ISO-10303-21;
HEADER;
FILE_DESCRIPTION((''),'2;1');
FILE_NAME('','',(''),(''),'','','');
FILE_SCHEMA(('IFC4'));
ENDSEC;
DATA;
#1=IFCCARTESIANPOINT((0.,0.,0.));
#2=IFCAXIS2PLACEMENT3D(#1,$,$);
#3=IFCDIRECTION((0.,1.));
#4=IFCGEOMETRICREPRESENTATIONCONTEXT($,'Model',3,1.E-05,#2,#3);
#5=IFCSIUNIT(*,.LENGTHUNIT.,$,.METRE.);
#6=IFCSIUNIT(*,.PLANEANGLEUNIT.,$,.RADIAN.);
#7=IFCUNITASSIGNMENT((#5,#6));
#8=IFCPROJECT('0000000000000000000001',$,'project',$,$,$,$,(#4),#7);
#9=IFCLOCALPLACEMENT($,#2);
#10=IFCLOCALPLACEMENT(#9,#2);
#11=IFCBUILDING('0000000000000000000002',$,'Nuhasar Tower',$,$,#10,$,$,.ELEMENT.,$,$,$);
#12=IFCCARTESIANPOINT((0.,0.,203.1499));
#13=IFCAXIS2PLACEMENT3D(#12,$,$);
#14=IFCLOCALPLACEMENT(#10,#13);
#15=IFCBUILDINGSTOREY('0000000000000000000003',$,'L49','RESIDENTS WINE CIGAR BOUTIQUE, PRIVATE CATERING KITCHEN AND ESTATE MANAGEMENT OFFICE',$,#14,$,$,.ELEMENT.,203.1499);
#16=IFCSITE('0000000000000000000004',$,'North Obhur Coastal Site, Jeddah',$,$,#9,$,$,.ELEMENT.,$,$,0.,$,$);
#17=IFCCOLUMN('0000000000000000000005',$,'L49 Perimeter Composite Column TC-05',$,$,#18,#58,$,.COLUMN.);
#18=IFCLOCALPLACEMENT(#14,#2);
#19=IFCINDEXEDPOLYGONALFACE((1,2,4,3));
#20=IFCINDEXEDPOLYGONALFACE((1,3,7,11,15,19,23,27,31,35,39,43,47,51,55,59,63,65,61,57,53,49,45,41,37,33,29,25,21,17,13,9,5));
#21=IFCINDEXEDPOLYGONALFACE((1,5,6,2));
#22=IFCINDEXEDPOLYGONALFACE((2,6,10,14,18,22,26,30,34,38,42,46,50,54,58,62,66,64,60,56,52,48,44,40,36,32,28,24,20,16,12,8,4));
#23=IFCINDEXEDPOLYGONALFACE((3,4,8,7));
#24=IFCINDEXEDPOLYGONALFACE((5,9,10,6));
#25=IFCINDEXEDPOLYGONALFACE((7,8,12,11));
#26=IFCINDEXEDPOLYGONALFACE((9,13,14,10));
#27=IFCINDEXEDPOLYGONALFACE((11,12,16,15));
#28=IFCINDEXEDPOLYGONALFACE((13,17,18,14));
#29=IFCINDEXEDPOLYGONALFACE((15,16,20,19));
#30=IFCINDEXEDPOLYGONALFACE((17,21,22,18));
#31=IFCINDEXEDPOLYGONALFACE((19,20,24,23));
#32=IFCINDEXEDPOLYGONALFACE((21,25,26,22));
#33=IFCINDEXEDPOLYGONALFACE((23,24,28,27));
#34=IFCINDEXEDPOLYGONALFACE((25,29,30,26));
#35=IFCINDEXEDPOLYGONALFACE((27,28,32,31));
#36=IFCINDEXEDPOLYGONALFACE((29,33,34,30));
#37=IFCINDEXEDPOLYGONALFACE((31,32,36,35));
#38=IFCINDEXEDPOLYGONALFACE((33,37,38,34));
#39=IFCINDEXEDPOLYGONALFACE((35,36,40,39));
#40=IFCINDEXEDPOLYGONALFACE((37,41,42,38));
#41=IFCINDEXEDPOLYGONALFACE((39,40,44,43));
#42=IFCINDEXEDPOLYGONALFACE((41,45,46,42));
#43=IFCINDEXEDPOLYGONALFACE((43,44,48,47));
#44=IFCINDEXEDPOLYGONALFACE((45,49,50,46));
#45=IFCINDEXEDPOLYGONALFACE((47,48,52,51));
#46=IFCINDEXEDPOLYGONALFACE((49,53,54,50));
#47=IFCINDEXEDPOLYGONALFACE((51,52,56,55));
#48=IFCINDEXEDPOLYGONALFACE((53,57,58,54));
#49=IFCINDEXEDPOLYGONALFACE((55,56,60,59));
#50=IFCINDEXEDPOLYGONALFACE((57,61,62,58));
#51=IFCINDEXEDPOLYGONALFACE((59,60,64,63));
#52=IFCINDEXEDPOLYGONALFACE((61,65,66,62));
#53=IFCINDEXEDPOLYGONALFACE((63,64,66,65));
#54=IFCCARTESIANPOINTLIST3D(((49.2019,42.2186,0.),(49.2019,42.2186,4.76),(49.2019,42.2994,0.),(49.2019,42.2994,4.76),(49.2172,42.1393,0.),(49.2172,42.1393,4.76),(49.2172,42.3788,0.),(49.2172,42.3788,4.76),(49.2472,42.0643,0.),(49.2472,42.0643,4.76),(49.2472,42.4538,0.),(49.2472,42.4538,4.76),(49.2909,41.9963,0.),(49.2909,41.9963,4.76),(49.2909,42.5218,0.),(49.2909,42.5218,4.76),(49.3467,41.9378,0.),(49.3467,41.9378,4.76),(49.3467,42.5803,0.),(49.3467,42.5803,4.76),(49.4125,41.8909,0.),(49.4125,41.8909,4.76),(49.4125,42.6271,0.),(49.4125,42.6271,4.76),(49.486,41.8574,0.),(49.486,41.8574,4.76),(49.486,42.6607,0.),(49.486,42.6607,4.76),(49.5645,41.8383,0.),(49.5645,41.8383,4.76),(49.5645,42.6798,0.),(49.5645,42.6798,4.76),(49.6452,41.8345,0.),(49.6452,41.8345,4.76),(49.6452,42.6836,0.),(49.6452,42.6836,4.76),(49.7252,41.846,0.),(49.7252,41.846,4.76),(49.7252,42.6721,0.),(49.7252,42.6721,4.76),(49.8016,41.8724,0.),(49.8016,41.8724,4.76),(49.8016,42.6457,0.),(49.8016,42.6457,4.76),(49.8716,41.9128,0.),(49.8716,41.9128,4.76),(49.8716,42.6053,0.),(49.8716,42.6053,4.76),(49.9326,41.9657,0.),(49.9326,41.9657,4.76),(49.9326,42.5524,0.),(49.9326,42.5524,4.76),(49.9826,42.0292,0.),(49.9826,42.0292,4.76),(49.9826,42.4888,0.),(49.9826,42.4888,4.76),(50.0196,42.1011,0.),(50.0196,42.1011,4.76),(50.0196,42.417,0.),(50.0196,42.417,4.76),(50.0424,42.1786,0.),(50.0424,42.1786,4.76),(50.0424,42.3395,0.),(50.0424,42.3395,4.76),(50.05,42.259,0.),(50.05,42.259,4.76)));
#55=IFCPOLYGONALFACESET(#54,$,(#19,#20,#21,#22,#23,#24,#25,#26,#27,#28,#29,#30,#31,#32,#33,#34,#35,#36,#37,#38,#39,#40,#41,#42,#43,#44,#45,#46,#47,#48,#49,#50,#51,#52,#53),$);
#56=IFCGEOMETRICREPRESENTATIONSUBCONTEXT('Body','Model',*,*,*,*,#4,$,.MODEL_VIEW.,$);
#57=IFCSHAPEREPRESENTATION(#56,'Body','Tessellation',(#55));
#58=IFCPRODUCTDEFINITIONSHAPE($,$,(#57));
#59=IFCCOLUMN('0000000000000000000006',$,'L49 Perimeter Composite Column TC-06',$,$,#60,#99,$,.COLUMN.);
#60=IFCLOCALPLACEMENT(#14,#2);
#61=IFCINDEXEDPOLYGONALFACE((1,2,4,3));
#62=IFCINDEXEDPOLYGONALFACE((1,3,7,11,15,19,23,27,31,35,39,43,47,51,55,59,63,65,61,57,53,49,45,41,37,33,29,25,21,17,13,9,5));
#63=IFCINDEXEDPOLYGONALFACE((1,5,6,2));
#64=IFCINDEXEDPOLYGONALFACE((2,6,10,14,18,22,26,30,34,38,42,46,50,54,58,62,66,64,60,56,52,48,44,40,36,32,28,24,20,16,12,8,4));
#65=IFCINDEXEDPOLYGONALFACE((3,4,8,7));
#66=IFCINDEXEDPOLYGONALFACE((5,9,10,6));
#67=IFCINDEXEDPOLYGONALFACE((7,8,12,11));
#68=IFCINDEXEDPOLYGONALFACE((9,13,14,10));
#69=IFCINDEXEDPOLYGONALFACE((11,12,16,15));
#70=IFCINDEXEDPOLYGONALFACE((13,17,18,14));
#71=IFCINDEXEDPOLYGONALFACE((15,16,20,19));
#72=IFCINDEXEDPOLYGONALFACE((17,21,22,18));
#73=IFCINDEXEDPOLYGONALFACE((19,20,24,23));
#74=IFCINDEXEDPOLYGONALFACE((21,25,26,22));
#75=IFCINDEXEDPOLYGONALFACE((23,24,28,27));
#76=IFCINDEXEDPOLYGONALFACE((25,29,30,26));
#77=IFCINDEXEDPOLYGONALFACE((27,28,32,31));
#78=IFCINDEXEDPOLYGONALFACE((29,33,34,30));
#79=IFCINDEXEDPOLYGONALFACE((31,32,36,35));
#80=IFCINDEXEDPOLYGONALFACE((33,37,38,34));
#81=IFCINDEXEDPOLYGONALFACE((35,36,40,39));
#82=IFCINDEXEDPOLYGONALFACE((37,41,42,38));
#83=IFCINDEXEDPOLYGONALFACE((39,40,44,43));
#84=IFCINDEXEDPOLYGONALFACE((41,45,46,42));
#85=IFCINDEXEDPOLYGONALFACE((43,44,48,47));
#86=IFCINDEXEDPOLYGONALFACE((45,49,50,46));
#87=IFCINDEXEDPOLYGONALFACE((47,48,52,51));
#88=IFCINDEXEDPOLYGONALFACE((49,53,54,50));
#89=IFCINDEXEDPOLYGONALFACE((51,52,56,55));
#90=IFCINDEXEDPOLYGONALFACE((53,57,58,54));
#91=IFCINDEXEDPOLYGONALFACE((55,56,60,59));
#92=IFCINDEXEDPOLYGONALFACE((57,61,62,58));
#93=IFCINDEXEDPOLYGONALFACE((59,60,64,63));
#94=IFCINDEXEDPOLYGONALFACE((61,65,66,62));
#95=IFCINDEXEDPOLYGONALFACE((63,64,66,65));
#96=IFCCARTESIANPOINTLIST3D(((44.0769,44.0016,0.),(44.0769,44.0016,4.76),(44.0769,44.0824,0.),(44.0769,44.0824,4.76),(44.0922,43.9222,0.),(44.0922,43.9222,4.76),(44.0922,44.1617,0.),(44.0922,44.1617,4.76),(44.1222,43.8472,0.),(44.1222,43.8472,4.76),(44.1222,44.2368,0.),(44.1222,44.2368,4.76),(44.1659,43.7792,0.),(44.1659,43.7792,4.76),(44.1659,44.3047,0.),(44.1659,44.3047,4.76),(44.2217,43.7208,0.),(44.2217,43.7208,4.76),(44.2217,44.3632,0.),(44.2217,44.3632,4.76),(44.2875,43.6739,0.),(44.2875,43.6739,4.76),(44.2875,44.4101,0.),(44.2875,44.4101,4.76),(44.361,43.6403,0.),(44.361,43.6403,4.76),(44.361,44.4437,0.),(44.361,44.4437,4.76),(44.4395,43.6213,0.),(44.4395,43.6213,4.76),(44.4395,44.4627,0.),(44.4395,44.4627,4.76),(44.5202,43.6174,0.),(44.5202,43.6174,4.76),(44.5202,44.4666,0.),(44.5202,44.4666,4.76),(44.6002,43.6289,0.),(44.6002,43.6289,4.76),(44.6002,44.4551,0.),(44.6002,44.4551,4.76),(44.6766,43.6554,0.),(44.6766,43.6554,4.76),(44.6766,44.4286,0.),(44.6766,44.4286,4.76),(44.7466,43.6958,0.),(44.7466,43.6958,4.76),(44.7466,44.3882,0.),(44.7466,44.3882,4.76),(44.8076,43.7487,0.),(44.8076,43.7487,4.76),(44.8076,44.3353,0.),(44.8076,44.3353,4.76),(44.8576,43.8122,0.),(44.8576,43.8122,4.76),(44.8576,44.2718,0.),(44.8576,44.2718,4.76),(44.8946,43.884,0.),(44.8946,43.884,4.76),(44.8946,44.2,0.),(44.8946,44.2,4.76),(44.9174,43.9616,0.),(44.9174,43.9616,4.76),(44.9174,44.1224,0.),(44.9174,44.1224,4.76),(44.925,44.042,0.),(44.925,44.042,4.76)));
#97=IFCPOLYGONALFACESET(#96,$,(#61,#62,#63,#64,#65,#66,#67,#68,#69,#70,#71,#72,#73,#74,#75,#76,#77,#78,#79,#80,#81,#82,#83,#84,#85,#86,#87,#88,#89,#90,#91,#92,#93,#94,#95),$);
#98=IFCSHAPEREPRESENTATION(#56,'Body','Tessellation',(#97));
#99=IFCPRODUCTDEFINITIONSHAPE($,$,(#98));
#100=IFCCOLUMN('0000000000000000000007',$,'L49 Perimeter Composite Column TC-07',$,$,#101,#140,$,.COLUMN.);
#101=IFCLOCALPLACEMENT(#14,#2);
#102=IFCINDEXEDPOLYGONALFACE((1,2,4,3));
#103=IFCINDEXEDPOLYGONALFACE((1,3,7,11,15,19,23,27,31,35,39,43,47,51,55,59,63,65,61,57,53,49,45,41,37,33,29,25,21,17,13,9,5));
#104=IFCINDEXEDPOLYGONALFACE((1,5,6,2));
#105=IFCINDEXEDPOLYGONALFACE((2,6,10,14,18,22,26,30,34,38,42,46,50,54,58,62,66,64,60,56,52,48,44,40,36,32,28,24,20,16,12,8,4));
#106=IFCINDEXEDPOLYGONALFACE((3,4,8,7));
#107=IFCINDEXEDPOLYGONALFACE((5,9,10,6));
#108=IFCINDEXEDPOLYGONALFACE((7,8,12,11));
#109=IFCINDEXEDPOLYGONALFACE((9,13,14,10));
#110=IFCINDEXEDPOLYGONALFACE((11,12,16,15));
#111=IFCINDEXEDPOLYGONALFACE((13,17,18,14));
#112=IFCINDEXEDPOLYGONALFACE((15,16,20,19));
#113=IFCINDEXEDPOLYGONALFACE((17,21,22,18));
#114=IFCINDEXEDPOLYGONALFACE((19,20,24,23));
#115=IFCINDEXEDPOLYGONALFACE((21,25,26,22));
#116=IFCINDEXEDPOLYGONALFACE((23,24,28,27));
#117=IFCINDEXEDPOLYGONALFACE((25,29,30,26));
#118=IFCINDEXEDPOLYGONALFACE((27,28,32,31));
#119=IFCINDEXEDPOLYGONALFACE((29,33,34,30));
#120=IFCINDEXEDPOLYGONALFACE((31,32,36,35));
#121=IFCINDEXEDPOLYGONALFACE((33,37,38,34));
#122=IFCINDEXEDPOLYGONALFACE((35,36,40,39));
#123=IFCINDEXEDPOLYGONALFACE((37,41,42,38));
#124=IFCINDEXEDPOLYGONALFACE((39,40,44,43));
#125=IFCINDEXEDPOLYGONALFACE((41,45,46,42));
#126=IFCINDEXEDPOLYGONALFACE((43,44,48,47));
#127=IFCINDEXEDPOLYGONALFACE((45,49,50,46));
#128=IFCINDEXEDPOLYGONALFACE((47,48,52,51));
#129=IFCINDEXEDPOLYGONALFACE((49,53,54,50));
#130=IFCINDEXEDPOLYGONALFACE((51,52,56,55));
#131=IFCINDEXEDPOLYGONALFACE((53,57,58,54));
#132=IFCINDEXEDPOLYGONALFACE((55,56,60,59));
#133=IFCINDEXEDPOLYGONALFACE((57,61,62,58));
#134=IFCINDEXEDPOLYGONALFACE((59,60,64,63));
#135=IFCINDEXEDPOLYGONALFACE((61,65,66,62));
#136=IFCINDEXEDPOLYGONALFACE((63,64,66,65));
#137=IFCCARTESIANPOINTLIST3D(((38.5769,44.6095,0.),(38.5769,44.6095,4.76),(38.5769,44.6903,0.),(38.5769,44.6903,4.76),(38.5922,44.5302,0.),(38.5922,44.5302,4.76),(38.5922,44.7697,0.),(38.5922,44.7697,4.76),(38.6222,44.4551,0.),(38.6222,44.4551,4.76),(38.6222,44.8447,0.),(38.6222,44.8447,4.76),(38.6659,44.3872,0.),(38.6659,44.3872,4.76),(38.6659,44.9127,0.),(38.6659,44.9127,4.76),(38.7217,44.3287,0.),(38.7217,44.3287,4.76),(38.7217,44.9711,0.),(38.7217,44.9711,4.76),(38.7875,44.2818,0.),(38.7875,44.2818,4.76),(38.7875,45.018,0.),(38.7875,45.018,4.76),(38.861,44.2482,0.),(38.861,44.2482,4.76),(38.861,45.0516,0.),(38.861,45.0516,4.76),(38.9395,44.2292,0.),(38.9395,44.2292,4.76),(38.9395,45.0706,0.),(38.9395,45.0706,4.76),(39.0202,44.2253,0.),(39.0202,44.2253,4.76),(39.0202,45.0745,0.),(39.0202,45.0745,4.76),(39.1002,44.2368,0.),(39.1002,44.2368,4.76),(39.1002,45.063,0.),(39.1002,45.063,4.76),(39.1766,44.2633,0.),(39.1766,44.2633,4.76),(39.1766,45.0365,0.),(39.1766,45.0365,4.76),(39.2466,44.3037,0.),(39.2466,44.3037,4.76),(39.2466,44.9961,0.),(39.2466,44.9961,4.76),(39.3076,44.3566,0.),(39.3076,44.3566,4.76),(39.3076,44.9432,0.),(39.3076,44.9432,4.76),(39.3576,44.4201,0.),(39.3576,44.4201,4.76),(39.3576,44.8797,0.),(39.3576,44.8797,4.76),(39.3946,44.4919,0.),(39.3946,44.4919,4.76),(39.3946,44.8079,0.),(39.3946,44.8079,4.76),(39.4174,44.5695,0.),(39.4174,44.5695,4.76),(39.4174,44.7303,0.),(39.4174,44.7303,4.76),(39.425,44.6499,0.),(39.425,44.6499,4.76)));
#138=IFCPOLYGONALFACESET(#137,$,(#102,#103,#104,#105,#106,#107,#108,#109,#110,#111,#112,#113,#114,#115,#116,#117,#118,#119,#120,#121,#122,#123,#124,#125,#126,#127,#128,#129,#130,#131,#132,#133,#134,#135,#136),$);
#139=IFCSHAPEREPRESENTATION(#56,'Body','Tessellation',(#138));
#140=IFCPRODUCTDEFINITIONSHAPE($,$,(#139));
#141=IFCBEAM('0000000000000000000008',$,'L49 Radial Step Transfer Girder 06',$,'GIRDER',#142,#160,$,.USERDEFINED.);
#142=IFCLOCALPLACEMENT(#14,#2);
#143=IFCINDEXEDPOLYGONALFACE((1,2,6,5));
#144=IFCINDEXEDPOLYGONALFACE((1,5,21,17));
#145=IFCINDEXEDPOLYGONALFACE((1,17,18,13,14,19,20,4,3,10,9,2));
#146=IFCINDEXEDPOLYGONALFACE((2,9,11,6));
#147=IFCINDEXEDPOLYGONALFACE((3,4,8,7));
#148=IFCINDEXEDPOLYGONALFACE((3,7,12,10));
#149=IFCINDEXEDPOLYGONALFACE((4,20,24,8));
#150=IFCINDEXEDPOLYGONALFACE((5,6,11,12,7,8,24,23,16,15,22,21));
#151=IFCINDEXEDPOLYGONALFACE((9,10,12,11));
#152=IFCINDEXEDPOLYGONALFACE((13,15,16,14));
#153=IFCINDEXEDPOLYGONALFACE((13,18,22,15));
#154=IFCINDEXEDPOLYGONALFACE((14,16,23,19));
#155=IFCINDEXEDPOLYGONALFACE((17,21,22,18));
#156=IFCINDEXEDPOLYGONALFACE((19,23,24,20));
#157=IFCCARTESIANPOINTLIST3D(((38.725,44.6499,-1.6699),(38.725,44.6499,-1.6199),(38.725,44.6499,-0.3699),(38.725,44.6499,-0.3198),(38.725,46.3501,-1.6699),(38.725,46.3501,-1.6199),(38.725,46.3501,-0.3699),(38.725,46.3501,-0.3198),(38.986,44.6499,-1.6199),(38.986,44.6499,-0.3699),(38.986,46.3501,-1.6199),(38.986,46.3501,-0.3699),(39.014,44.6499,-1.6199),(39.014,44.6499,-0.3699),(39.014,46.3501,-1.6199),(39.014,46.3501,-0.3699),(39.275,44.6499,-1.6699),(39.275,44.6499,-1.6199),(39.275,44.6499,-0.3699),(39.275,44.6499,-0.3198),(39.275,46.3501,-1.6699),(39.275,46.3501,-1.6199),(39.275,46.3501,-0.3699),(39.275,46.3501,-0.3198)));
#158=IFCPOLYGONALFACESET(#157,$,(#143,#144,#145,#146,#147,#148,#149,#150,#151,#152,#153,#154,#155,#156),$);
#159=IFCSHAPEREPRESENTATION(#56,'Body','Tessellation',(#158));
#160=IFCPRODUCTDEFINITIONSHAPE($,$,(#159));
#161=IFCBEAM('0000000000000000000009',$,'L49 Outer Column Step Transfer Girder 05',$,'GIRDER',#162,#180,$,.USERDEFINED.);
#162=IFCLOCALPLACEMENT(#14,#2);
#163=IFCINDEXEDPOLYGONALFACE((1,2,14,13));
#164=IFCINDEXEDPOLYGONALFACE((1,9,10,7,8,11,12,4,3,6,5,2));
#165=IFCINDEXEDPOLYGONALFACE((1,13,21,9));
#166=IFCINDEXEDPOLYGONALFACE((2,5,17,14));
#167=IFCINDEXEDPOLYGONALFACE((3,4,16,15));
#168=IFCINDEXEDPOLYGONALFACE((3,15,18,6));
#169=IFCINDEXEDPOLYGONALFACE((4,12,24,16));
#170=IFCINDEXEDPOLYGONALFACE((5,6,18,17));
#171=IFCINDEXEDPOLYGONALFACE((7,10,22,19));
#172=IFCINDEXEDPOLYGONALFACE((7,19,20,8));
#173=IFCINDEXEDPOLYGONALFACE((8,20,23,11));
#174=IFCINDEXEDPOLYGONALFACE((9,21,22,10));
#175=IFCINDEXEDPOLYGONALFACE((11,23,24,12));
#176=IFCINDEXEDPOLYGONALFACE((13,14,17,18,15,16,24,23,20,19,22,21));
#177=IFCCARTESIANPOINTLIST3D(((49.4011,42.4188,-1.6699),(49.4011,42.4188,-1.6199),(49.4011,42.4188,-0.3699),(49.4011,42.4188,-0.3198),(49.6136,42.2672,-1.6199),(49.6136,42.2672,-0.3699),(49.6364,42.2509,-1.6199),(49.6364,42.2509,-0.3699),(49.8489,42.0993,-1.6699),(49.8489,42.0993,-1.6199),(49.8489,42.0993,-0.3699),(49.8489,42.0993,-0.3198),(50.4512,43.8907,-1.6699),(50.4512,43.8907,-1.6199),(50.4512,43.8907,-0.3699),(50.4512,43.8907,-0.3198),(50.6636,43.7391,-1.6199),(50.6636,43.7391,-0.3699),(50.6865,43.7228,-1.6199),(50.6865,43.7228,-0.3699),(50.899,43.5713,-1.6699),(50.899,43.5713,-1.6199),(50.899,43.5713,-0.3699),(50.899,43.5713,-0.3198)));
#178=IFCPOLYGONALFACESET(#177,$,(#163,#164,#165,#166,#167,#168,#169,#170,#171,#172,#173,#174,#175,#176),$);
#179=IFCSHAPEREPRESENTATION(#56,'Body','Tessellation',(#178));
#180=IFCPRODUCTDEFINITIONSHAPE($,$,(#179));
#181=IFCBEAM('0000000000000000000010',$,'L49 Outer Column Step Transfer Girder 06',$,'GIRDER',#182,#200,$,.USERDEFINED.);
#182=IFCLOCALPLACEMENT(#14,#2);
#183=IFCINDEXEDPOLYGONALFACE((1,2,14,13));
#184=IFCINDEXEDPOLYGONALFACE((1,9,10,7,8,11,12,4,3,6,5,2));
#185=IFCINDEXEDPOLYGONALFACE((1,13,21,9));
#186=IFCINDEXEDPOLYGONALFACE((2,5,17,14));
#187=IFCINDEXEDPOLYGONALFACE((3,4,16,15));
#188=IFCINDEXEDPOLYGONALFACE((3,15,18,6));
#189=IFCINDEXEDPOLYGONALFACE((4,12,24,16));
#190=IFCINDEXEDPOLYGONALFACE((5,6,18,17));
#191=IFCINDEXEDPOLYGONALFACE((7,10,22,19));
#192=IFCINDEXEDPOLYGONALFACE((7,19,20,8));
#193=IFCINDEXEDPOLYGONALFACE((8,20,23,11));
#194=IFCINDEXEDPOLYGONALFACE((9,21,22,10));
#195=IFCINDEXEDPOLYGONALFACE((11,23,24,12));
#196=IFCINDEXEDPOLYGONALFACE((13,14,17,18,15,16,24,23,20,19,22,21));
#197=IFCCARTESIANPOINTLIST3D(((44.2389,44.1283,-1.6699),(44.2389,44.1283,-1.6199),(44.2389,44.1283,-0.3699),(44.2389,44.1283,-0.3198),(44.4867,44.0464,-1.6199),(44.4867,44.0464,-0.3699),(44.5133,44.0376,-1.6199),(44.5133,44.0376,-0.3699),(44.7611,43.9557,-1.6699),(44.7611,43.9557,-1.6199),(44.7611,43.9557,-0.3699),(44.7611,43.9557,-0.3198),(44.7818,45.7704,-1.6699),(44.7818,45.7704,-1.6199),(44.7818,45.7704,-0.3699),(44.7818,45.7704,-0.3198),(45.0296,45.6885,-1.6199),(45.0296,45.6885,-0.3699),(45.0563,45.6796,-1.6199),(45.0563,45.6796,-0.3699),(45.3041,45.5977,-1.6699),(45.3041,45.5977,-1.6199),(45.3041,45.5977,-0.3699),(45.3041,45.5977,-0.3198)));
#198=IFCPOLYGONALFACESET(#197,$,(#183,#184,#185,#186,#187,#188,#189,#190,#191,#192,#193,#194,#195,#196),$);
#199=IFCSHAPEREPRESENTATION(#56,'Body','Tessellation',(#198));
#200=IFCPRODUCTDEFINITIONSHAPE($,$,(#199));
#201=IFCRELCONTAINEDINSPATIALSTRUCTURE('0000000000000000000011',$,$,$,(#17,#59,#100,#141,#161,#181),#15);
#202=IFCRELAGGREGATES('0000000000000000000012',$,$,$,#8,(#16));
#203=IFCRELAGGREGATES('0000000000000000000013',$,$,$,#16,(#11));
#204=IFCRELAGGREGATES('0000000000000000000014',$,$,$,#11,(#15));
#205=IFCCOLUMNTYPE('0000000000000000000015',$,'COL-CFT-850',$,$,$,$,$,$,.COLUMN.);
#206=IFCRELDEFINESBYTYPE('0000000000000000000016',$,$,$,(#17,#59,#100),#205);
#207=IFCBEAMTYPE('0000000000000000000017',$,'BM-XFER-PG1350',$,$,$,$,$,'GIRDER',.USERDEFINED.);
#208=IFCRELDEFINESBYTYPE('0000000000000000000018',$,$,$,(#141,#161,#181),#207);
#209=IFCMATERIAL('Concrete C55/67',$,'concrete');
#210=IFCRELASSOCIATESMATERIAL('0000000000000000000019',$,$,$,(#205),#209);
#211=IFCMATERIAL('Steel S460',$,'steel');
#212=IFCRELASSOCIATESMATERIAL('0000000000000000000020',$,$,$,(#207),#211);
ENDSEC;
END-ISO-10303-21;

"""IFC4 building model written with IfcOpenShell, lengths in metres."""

from ifc_helpers import new_model, si_unit, direction, frame, origin, origin_2d, place, context, subcontext, project, spatial, circle, i_section, extrude, material, material_profile, profile_set, type_object, element, save


model = new_model("IFC4")

# Units and contexts
model_context = context("Model", 3, precision=1e-05, world=origin(), true_north=direction((0.0, 1.0)))
body_context = subcontext(model_context, "Body", "Model", "MODEL_VIEW")
ifc_project = project(units=[si_unit("LENGTHUNIT", "METRE"), si_unit("PLANEANGLEUNIT", "RADIAN")], contexts=[model_context])

# Site, building, storey
site_placement = place(None, origin())
site = spatial("IfcSite", under=ifc_project, at=site_placement, Name="North Obhur Coastal Site, Jeddah", CompositionType="ELEMENT", RefElevation=0.0)
building_placement = place(site_placement, origin())
building = spatial("IfcBuilding", under=site, at=building_placement, Name="Nuhasar Tower", CompositionType="ELEMENT")
storey_placement = place(building_placement, frame((0.0, 0.0, 203.1499)))
storey = spatial("IfcBuildingStorey", under=building, at=storey_placement, Name="L49", Description="RESIDENTS WINE CIGAR BOUTIQUE, PRIVATE CATERING KITCHEN AND ESTATE MANAGEMENT OFFICE", CompositionType="ELEMENT", Elevation=203.1499)

# Columns
ifc_material_1 = material(Name="Concrete C55/67", Category="concrete")
ifc_material_profile_1 = material_profile(ifc_material_1, circle(Radius=0.425, at=origin_2d()), Name="CFT850")
ifc_profile_set_1 = profile_set([ifc_material_profile_1], Name="Concrete C55/67")
column_type = type_object("IfcColumnType", Name="COL-CFT-850", PredefinedType="COLUMN", material=ifc_profile_set_1)
for number, where, z_axis, x_axis, name in (
    (1, (49.625, 42.259, 0.0), (0.0, 0.0, 1.0), (1.0, 0.0, 0.0), "L49 Perimeter Composite Column TC-05"),
    (2, (44.5, 44.042, 0.0), (0.0, 0.0, 1.0), (1.0, 0.0, 0.0), "L49 Perimeter Composite Column TC-06"),
    (3, (39.0, 44.6499, 0.0), (0.0, 0.0, 1.0), (1.0, 0.0, 0.0), "L49 Perimeter Composite Column TC-07"),
):
    element("IfcColumn", number, at=place(storey_placement, frame(where, z_axis=z_axis, x_axis=x_axis)), inside=storey, type_object=column_type, Name=name, PredefinedType="COLUMN", context=body_context, shape_type="SweptSolid", body=[
        extrude(circle(Radius=0.425, at=origin_2d()), origin(), (0.0, 0.0, 1.0), 4.76),
    ])

# Beams
ifc_material_2 = material(Name="Steel S460", Category="steel")
ifc_material_profile_2 = material_profile(ifc_material_2, i_section(OverallWidth=0.55, OverallDepth=1.3501, WebThickness=0.0281, FlangeThickness=0.05, at=origin_2d()), Name="PG1350X550")
ifc_profile_set_2 = profile_set([ifc_material_profile_2], Name="Steel S460")
beam_type_1 = type_object("IfcBeamType", Name="BM-XFER-PG1350", ElementType="GIRDER", PredefinedType="USERDEFINED", material=ifc_profile_set_2)
beam_1_placement = place(storey_placement, frame((39.0, 44.6499, -0.9949), z_axis=(0.0, 1.0, 0.0), x_axis=(-1.0, 0.0, 0.0)))
element("IfcBeam", 4, at=beam_1_placement, inside=storey, type_object=beam_type_1, Name="L49 Radial Step Transfer Girder 06", ObjectType="GIRDER", PredefinedType="USERDEFINED", context=body_context, shape_type="SweptSolid", body=[
    extrude(i_section(OverallWidth=0.55, OverallDepth=1.3501, WebThickness=0.0281, FlangeThickness=0.05, at=origin_2d()), origin(), (0.0, 0.0, 1.0), 1.7002),
])
beam_2_placement = place(storey_placement, frame((49.625, 42.259, -0.9949), z_axis=(0.580753, 0.81408, 0.0), x_axis=(-0.81408, 0.580753, 0.0)))
element("IfcBeam", 5, at=beam_2_placement, inside=storey, type_object=beam_type_1, Name="L49 Outer Column Step Transfer Girder 05", ObjectType="GIRDER", PredefinedType="USERDEFINED", context=body_context, shape_type="SweptSolid", body=[
    extrude(i_section(OverallWidth=0.55, OverallDepth=1.3501, WebThickness=0.0281, FlangeThickness=0.05, at=origin_2d()), origin(), (0.0, 0.0, 1.0), 1.8081),
])
beam_3_placement = place(storey_placement, frame((44.5, 44.042, -0.9949), z_axis=(0.31394, 0.949443, 0.0), x_axis=(-0.949443, 0.31394, 0.0)))
element("IfcBeam", 6, at=beam_3_placement, inside=storey, type_object=beam_type_1, Name="L49 Outer Column Step Transfer Girder 06", ObjectType="GIRDER", PredefinedType="USERDEFINED", context=body_context, shape_type="SweptSolid", body=[
    extrude(i_section(OverallWidth=0.55, OverallDepth=1.3501, WebThickness=0.0281, FlangeThickness=0.05, at=origin_2d()), origin(), (0.0, 0.0, 1.0), 1.7295),
])

save(model, "model.ifc")
